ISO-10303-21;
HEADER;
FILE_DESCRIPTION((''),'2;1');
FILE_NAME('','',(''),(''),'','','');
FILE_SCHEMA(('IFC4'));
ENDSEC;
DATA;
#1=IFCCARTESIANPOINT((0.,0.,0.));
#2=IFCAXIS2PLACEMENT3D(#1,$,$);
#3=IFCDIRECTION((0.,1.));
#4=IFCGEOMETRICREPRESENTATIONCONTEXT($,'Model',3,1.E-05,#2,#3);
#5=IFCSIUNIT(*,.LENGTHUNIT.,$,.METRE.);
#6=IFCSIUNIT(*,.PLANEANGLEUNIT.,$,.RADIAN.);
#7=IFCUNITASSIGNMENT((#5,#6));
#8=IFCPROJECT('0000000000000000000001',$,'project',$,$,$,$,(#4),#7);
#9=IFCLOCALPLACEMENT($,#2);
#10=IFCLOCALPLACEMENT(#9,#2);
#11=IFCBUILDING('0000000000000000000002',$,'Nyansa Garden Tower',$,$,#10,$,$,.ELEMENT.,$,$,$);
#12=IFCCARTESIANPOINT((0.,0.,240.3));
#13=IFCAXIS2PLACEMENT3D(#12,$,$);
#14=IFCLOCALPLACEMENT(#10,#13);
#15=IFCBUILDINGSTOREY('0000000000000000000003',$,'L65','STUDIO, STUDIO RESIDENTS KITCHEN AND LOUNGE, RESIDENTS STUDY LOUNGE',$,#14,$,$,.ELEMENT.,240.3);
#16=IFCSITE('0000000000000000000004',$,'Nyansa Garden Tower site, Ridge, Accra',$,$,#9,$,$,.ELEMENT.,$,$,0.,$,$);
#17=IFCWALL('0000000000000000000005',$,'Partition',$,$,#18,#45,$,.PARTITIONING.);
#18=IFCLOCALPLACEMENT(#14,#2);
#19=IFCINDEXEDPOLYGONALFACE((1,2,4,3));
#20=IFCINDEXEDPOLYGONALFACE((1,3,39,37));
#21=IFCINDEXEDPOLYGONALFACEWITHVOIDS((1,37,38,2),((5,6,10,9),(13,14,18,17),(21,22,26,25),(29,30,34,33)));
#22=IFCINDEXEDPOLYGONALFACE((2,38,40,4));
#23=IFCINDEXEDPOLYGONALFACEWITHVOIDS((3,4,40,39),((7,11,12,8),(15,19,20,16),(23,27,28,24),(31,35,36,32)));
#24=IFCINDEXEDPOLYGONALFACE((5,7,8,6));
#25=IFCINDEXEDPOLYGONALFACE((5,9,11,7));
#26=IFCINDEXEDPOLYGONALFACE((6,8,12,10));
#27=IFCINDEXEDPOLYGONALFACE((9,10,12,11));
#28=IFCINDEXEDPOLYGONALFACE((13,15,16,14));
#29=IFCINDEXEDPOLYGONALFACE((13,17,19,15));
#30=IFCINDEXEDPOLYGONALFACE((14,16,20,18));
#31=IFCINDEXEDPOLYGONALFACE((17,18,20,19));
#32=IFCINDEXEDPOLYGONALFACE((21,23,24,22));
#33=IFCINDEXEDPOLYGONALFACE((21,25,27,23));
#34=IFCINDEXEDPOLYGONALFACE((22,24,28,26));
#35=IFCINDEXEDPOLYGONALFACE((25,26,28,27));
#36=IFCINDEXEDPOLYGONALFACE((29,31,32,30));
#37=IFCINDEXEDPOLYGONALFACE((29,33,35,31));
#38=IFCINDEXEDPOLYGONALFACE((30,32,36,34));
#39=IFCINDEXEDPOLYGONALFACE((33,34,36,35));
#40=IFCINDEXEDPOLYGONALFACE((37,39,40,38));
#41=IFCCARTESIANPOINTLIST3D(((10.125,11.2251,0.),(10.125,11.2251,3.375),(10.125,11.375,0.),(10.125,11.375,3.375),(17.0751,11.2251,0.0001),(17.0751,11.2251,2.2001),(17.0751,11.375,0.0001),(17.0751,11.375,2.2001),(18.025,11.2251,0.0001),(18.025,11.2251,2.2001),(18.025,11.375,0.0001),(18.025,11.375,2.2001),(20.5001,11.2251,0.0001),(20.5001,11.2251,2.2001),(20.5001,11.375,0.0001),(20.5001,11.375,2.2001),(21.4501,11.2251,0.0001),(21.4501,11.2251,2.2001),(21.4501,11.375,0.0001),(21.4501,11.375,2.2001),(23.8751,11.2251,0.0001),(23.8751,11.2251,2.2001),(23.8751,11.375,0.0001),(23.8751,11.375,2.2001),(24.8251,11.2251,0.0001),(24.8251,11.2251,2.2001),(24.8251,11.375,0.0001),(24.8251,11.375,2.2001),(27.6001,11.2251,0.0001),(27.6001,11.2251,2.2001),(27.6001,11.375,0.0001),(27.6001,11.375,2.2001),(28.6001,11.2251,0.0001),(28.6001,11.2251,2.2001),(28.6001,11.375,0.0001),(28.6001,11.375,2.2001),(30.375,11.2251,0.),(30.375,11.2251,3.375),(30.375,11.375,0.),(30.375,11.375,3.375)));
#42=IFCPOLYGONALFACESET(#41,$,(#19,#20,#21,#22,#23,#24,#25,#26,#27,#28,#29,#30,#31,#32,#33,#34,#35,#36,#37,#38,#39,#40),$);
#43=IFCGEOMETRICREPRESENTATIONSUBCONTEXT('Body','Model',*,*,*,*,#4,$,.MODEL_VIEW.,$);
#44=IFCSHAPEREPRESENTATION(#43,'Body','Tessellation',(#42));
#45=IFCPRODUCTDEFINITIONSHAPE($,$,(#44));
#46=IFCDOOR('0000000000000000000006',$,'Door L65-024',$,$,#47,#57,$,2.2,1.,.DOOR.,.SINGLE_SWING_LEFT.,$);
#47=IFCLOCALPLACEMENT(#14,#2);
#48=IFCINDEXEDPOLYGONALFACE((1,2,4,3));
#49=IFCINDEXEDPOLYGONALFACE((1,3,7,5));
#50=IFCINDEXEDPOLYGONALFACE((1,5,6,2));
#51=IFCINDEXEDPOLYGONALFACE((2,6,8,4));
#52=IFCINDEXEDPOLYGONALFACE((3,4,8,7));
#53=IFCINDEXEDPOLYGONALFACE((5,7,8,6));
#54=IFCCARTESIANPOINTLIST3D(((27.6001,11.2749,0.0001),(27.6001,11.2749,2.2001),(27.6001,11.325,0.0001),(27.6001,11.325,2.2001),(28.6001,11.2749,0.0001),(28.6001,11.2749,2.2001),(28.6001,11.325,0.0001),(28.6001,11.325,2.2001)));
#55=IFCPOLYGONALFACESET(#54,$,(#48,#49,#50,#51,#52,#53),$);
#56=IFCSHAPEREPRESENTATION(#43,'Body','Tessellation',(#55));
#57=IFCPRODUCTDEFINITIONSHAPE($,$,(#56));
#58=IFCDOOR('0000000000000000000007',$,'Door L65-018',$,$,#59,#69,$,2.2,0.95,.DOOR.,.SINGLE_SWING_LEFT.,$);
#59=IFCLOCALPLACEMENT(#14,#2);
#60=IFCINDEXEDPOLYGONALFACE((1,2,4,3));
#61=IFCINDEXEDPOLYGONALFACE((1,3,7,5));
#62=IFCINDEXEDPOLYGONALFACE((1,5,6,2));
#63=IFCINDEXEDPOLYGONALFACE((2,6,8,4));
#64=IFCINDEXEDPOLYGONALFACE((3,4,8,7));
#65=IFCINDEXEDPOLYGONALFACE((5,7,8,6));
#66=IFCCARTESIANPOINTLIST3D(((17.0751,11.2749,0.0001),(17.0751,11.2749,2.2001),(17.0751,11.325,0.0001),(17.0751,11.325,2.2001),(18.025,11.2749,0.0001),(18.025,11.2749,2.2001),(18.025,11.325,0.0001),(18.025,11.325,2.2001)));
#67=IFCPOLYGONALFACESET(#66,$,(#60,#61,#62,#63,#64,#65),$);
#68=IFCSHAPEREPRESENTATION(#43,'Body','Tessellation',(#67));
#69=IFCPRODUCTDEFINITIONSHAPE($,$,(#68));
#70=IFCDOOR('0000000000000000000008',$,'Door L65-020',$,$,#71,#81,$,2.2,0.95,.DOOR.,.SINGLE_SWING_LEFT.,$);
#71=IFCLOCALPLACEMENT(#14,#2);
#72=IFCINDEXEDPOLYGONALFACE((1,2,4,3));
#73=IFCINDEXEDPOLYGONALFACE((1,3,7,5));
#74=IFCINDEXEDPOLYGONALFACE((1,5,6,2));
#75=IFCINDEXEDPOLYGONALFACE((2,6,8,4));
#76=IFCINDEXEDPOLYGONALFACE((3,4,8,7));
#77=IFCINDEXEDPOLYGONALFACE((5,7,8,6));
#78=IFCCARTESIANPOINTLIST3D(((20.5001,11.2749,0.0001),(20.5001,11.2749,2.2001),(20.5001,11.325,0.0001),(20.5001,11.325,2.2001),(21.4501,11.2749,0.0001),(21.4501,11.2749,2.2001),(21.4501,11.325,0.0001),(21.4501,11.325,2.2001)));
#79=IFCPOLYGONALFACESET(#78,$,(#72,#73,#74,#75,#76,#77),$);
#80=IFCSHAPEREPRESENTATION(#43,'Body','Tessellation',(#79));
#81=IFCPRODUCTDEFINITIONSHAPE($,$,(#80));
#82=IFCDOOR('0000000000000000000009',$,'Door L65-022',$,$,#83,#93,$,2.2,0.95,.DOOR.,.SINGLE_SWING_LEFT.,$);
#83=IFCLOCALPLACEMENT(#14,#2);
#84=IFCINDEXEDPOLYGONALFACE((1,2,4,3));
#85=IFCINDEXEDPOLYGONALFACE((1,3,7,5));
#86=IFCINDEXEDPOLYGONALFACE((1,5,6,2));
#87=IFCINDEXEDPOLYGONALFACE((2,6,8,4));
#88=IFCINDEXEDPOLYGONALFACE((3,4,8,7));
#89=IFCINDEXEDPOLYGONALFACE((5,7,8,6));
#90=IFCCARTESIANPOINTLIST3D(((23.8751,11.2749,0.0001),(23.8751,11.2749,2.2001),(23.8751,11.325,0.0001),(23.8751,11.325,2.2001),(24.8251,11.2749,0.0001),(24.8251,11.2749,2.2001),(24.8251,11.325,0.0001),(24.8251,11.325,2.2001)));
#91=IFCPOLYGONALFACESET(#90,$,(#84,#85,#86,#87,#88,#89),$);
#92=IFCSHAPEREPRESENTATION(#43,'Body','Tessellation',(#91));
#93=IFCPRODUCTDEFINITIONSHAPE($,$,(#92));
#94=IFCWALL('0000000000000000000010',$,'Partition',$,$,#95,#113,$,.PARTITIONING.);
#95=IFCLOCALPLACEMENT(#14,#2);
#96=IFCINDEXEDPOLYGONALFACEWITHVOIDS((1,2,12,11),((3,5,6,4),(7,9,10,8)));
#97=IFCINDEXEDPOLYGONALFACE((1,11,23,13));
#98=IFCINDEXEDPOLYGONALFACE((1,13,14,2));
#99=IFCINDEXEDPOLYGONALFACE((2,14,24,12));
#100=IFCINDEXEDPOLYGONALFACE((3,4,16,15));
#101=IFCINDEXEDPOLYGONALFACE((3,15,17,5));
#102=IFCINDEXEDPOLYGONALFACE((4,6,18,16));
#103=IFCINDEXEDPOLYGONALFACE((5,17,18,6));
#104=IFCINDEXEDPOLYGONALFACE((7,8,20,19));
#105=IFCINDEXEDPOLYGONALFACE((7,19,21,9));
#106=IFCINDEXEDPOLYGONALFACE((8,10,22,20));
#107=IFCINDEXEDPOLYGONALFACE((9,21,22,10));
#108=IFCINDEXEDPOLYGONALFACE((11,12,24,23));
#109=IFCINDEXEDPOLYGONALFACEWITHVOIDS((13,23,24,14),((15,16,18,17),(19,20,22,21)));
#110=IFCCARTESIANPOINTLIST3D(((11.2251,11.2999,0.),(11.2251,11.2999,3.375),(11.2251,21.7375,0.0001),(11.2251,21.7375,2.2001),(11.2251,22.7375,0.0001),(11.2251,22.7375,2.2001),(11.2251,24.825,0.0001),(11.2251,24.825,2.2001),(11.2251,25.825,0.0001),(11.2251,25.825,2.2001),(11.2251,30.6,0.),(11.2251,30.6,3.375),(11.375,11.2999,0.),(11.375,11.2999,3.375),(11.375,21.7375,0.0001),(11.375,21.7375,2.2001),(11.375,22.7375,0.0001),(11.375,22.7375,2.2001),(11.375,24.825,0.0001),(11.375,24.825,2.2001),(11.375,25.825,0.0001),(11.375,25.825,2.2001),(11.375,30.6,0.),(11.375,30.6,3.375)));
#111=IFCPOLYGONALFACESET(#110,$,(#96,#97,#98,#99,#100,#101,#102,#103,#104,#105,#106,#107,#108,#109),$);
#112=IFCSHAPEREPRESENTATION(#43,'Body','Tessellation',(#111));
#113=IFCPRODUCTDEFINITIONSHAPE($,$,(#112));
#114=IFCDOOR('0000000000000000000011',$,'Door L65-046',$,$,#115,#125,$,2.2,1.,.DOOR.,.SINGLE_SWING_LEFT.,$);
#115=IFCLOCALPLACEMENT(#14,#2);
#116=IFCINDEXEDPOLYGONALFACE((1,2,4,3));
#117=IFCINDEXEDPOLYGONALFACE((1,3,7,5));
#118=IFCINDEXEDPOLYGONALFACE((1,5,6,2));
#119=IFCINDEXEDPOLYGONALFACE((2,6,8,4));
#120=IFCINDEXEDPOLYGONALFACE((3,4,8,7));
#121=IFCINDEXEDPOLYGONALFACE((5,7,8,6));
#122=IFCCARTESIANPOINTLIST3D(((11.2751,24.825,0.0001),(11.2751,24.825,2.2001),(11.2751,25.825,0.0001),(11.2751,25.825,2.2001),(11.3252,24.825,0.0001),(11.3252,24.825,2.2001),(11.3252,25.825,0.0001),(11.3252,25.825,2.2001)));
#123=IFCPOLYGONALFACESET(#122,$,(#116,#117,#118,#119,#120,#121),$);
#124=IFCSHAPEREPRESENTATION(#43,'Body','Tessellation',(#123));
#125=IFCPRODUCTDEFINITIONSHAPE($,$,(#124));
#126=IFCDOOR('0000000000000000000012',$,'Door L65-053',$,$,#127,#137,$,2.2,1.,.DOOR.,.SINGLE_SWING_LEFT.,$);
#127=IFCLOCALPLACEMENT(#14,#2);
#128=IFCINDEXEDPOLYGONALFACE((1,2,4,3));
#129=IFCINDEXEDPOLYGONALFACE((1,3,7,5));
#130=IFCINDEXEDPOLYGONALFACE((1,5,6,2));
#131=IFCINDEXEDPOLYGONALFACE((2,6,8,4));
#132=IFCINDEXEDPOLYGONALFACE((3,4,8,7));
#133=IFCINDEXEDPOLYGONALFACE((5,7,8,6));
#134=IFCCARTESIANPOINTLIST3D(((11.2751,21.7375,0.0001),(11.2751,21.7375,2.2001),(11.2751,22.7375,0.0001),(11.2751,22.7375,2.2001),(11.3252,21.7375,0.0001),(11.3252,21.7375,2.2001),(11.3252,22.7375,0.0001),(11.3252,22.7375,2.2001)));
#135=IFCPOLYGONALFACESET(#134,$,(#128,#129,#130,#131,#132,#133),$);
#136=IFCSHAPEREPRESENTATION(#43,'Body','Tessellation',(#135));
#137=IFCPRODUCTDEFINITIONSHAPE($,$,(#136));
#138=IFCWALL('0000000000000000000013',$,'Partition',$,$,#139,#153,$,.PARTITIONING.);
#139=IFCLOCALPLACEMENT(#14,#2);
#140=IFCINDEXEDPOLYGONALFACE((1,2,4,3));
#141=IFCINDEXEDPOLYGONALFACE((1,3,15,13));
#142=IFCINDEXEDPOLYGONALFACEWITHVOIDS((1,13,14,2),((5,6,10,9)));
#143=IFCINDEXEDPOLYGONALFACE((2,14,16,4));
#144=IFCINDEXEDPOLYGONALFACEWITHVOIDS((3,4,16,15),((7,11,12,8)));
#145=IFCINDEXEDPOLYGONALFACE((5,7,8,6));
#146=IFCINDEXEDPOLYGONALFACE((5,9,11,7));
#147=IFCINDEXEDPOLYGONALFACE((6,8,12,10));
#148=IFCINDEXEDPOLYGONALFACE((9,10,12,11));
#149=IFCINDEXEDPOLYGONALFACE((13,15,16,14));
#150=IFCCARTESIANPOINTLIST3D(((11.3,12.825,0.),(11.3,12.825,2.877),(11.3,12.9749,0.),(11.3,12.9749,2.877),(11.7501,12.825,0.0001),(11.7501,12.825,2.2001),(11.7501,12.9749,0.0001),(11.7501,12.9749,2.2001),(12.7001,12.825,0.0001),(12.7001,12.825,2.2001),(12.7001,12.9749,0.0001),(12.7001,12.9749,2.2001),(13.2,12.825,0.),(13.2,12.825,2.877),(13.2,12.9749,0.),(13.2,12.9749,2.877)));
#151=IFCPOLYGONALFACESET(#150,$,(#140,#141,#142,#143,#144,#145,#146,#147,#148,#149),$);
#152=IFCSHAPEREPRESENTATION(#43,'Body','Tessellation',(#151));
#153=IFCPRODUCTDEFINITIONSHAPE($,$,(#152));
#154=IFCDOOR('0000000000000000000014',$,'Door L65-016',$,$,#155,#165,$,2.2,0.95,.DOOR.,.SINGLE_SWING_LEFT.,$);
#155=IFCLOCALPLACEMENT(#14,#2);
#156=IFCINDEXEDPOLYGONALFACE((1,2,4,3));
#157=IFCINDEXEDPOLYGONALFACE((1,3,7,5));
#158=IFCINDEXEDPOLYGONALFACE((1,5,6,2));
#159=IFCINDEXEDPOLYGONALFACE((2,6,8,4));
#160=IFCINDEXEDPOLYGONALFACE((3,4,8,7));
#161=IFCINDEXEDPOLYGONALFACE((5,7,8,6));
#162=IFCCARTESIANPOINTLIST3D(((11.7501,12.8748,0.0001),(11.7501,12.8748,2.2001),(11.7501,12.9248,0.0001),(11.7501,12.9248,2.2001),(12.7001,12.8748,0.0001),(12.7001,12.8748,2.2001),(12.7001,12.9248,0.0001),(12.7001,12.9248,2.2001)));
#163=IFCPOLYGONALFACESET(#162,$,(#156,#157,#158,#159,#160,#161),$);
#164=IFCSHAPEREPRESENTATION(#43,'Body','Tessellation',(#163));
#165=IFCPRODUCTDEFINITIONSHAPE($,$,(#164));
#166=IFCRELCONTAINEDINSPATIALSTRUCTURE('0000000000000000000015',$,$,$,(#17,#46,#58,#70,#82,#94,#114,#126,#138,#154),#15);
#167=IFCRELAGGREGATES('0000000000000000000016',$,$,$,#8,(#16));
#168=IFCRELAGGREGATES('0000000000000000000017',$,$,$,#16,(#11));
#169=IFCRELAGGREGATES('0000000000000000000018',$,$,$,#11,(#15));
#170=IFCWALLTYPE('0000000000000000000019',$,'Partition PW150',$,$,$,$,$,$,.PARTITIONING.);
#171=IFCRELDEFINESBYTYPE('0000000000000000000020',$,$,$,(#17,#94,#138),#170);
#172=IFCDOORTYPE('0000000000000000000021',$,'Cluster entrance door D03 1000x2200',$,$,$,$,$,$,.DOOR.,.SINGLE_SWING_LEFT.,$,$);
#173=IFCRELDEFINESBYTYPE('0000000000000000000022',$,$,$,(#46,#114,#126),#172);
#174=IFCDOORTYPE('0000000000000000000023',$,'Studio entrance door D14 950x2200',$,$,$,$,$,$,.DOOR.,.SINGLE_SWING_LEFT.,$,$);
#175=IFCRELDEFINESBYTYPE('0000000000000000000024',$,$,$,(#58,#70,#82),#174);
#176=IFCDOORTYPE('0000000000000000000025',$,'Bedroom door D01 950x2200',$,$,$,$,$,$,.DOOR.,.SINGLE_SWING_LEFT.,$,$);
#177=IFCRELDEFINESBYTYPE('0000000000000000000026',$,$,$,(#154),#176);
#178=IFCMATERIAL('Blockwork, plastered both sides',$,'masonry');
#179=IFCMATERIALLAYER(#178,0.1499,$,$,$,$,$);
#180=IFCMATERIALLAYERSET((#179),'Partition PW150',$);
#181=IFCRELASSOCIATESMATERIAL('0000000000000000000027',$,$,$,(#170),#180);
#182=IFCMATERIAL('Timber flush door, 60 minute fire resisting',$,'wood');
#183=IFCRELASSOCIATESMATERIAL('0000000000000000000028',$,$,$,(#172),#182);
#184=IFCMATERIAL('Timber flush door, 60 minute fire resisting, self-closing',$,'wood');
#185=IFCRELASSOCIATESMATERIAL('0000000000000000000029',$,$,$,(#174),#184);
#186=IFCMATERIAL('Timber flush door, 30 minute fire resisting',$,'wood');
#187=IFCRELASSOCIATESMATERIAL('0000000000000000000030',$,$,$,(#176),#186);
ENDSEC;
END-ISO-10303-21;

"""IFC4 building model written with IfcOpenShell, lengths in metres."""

from ifc_helpers import new_model, si_unit, direction, frame, frame_2d, origin, place, context, subcontext, project, spatial, rectangle, extrude, material, layer, layer_set, type_object, element, fill, save


model = new_model("IFC4")

# Units and contexts
model_context = context("Model", 3, precision=1e-05, world=origin(), true_north=direction((0.0, 1.0)))
body_context = subcontext(model_context, "Body", "Model", "MODEL_VIEW")
ifc_project = project(units=[si_unit("LENGTHUNIT", "METRE"), si_unit("PLANEANGLEUNIT", "RADIAN")], contexts=[model_context])

# Site, building, storey
site_placement = place(None, origin())
site = spatial("IfcSite", under=ifc_project, at=site_placement, Name="Nyansa Garden Tower site, Ridge, Accra", CompositionType="ELEMENT", RefElevation=0.0)
building_placement = place(site_placement, origin())
building = spatial("IfcBuilding", under=site, at=building_placement, Name="Nyansa Garden Tower", CompositionType="ELEMENT")
storey_placement = place(building_placement, frame((0.0, 0.0, 240.3)))
storey = spatial("IfcBuildingStorey", under=building, at=storey_placement, Name="L65", Description="STUDIO, STUDIO RESIDENTS KITCHEN AND LOUNGE, RESIDENTS STUDY LOUNGE", CompositionType="ELEMENT", Elevation=240.3)

# Walls, openings, doors
ifc_material_1 = material(Name="Blockwork, plastered both sides", Category="masonry")
ifc_layer_1 = layer(ifc_material_1, 0.1499)
ifc_layer_set_1 = layer_set([ifc_layer_1], Name="Partition PW150")
wall_type_1 = type_object("IfcWallType", Name="Partition PW150", PredefinedType="PARTITIONING", material=ifc_layer_set_1)
wall_1_placement = place(storey_placement, frame((10.125, 11.3, 0.0), z_axis=(0.0, 0.0, 1.0), x_axis=(1.0, 0.0, 0.0)))
wall_1 = element("IfcWall", 1, at=wall_1_placement, inside=storey, type_object=wall_type_1, Name="Partition", PredefinedType="PARTITIONING", context=body_context, shape_type="SweptSolid", body=[
    extrude(rectangle(XDim=20.25, YDim=0.1499, at=frame_2d((10.125, 0.0))), origin(), (0.0, 0.0, 1.0), 3.375),
])
opening_1_placement = place(wall_1_placement, frame((6.95, 0.0, 0.0)))
opening_1 = element("IfcOpeningElement", 2, at=opening_1_placement, cuts=wall_1, PredefinedType="OPENING", context=body_context, shape_type="SweptSolid", body=[
    extrude(rectangle(XDim=0.95, YDim=2.2, at=frame_2d((0.4751, 1.1001))), frame((0.0, 0.085, 0.0), z_axis=(0.0, -1.0, 0.0), x_axis=(1.0, 0.0, 0.0)), (0.0, 0.0, 1.0), 0.1699),
])
opening_2_placement = place(wall_1_placement, frame((10.375, 0.0, 0.0)))
opening_2 = element("IfcOpeningElement", 3, at=opening_2_placement, cuts=wall_1, PredefinedType="OPENING", context=body_context, shape_type="SweptSolid", body=[
    extrude(rectangle(XDim=0.95, YDim=2.2, at=frame_2d((0.4751, 1.1001))), frame((0.0, 0.085, 0.0), z_axis=(0.0, -1.0, 0.0), x_axis=(1.0, 0.0, 0.0)), (0.0, 0.0, 1.0), 0.1699),
])
opening_3_placement = place(wall_1_placement, frame((13.75, 0.0, 0.0)))
opening_3 = element("IfcOpeningElement", 4, at=opening_3_placement, cuts=wall_1, PredefinedType="OPENING", context=body_context, shape_type="SweptSolid", body=[
    extrude(rectangle(XDim=0.95, YDim=2.2, at=frame_2d((0.4751, 1.1001))), frame((0.0, 0.085, 0.0), z_axis=(0.0, -1.0, 0.0), x_axis=(1.0, 0.0, 0.0)), (0.0, 0.0, 1.0), 0.1699),
])
opening_4_placement = place(wall_1_placement, frame((17.4751, 0.0, 0.0)))
opening_4 = element("IfcOpeningElement", 5, at=opening_4_placement, cuts=wall_1, PredefinedType="OPENING", context=body_context, shape_type="SweptSolid", body=[
    extrude(rectangle(XDim=1.0, YDim=2.2, at=frame_2d((0.5, 1.1001))), frame((0.0, 0.085, 0.0), z_axis=(0.0, -1.0, 0.0), x_axis=(1.0, 0.0, 0.0)), (0.0, 0.0, 1.0), 0.1699),
])
ifc_material_2 = material(Name="Timber flush door, 60 minute fire resisting", Category="wood")
door_type_1 = type_object("IfcDoorType", Name="Cluster entrance door D03 1000x2200", OperationType="SINGLE_SWING_LEFT", PredefinedType="DOOR", material=ifc_material_2)
door_1_placement = place(opening_4_placement, origin())
door_1 = element("IfcDoor", 6, at=door_1_placement, inside=storey, type_object=door_type_1, Name="Door L65-024", OperationType="SINGLE_SWING_LEFT", OverallHeight=2.2, OverallWidth=1.0, PredefinedType="DOOR", context=body_context, shape_type="SweptSolid", body=[
    extrude(rectangle(XDim=1.0, YDim=2.2, at=frame_2d((0.5, 1.1001))), frame((0.0, 0.0249, 0.0), z_axis=(0.0, -1.0, 0.0), x_axis=(1.0, 0.0, 0.0)), (0.0, 0.0, 1.0), 0.05),
])
fill(opening_4, door_1)
ifc_material_3 = material(Name="Timber flush door, 60 minute fire resisting, self-closing", Category="wood")
door_type_2 = type_object("IfcDoorType", Name="Studio entrance door D14 950x2200", OperationType="SINGLE_SWING_LEFT", PredefinedType="DOOR", material=ifc_material_3)
door_2_placement = place(opening_1_placement, origin())
door_2 = element("IfcDoor", 7, at=door_2_placement, inside=storey, type_object=door_type_2, Name="Door L65-018", OperationType="SINGLE_SWING_LEFT", OverallHeight=2.2, OverallWidth=0.95, PredefinedType="DOOR", context=body_context, shape_type="SweptSolid", body=[
    extrude(rectangle(XDim=0.95, YDim=2.2, at=frame_2d((0.4751, 1.1001))), frame((0.0, 0.0249, 0.0), z_axis=(0.0, -1.0, 0.0), x_axis=(1.0, 0.0, 0.0)), (0.0, 0.0, 1.0), 0.05),
])
fill(opening_1, door_2)
door_3_placement = place(opening_2_placement, origin())
door_3 = element("IfcDoor", 8, at=door_3_placement, inside=storey, type_object=door_type_2, Name="Door L65-020", OperationType="SINGLE_SWING_LEFT", OverallHeight=2.2, OverallWidth=0.95, PredefinedType="DOOR", context=body_context, shape_type="SweptSolid", body=[
    extrude(rectangle(XDim=0.95, YDim=2.2, at=frame_2d((0.4751, 1.1001))), frame((0.0, 0.0249, 0.0), z_axis=(0.0, -1.0, 0.0), x_axis=(1.0, 0.0, 0.0)), (0.0, 0.0, 1.0), 0.05),
])
fill(opening_2, door_3)
door_4_placement = place(opening_3_placement, origin())
door_4 = element("IfcDoor", 9, at=door_4_placement, inside=storey, type_object=door_type_2, Name="Door L65-022", OperationType="SINGLE_SWING_LEFT", OverallHeight=2.2, OverallWidth=0.95, PredefinedType="DOOR", context=body_context, shape_type="SweptSolid", body=[
    extrude(rectangle(XDim=0.95, YDim=2.2, at=frame_2d((0.4751, 1.1001))), frame((0.0, 0.0249, 0.0), z_axis=(0.0, -1.0, 0.0), x_axis=(1.0, 0.0, 0.0)), (0.0, 0.0, 1.0), 0.05),
])
fill(opening_3, door_4)
wall_2_placement = place(storey_placement, frame((11.3, 11.3, 0.0), z_axis=(0.0, 0.0, 1.0), x_axis=(0.0, 1.0, 0.0)))
wall_2 = element("IfcWall", 10, at=wall_2_placement, inside=storey, type_object=wall_type_1, Name="Partition", PredefinedType="PARTITIONING", context=body_context, shape_type="SweptSolid", body=[
    extrude(rectangle(XDim=19.3, YDim=0.1499, at=frame_2d((9.6499, 0.0))), origin(), (0.0, 0.0, 1.0), 3.375),
])
opening_5_placement = place(wall_2_placement, frame((13.5249, 0.0, 0.0)))
opening_5 = element("IfcOpeningElement", 11, at=opening_5_placement, cuts=wall_2, PredefinedType="OPENING", context=body_context, shape_type="SweptSolid", body=[
    extrude(rectangle(XDim=1.0, YDim=2.2, at=frame_2d((0.5, 1.1001))), frame((0.0, 0.085, 0.0), z_axis=(0.0, -1.0, 0.0), x_axis=(1.0, 0.0, 0.0)), (0.0, 0.0, 1.0), 0.1699),
])
opening_6_placement = place(wall_2_placement, frame((10.4375, 0.0, 0.0)))
opening_6 = element("IfcOpeningElement", 12, at=opening_6_placement, cuts=wall_2, PredefinedType="OPENING", context=body_context, shape_type="SweptSolid", body=[
    extrude(rectangle(XDim=1.0, YDim=2.2, at=frame_2d((0.5, 1.1001))), frame((0.0, 0.085, 0.0), z_axis=(0.0, -1.0, 0.0), x_axis=(1.0, 0.0, 0.0)), (0.0, 0.0, 1.0), 0.1699),
])
door_5_placement = place(opening_5_placement, origin())
door_5 = element("IfcDoor", 13, at=door_5_placement, inside=storey, type_object=door_type_1, Name="Door L65-046", OperationType="SINGLE_SWING_LEFT", OverallHeight=2.2, OverallWidth=1.0, PredefinedType="DOOR", context=body_context, shape_type="SweptSolid", body=[
    extrude(rectangle(XDim=1.0, YDim=2.2, at=frame_2d((0.5, 1.1001))), frame((0.0, 0.0249, 0.0), z_axis=(0.0, -1.0, 0.0), x_axis=(1.0, 0.0, 0.0)), (0.0, 0.0, 1.0), 0.05),
])
fill(opening_5, door_5)
door_6_placement = place(opening_6_placement, origin())
door_6 = element("IfcDoor", 14, at=door_6_placement, inside=storey, type_object=door_type_1, Name="Door L65-053", OperationType="SINGLE_SWING_LEFT", OverallHeight=2.2, OverallWidth=1.0, PredefinedType="DOOR", context=body_context, shape_type="SweptSolid", body=[
    extrude(rectangle(XDim=1.0, YDim=2.2, at=frame_2d((0.5, 1.1001))), frame((0.0, 0.0249, 0.0), z_axis=(0.0, -1.0, 0.0), x_axis=(1.0, 0.0, 0.0)), (0.0, 0.0, 1.0), 0.05),
])
fill(opening_6, door_6)

# Wall, opening, door
wall_3_placement = place(storey_placement, frame((11.3, 12.8999, 0.0), z_axis=(0.0, 0.0, 1.0), x_axis=(1.0, 0.0, 0.0)))
wall_3 = element("IfcWall", 15, at=wall_3_placement, inside=storey, type_object=wall_type_1, Name="Partition", PredefinedType="PARTITIONING", context=body_context, shape_type="SweptSolid", body=[
    extrude(rectangle(XDim=1.8999, YDim=0.1499, at=frame_2d((0.95, 0.0))), origin(), (0.0, 0.0, 1.0), 2.877),
])
opening_7_placement = place(wall_3_placement, frame((0.45, 0.0, 0.0)))
opening_7 = element("IfcOpeningElement", 16, at=opening_7_placement, cuts=wall_3, PredefinedType="OPENING", context=body_context, shape_type="SweptSolid", body=[
    extrude(rectangle(XDim=0.95, YDim=2.2, at=frame_2d((0.4751, 1.1001))), frame((0.0, 0.085, 0.0), z_axis=(0.0, -1.0, 0.0), x_axis=(1.0, 0.0, 0.0)), (0.0, 0.0, 1.0), 0.1699),
])
ifc_material_4 = material(Name="Timber flush door, 30 minute fire resisting", Category="wood")
door_type_3 = type_object("IfcDoorType", Name="Bedroom door D01 950x2200", OperationType="SINGLE_SWING_LEFT", PredefinedType="DOOR", material=ifc_material_4)
door_7_placement = place(opening_7_placement, origin())
door_7 = element("IfcDoor", 17, at=door_7_placement, inside=storey, type_object=door_type_3, Name="Door L65-016", OperationType="SINGLE_SWING_LEFT", OverallHeight=2.2, OverallWidth=0.95, PredefinedType="DOOR", context=body_context, shape_type="SweptSolid", body=[
    extrude(rectangle(XDim=0.95, YDim=2.2, at=frame_2d((0.4751, 1.1001))), frame((0.0, 0.0249, 0.0), z_axis=(0.0, -1.0, 0.0), x_axis=(1.0, 0.0, 0.0)), (0.0, 0.0, 1.0), 0.05),
])
fill(opening_7, door_7)

save(model, "model.ifc")
